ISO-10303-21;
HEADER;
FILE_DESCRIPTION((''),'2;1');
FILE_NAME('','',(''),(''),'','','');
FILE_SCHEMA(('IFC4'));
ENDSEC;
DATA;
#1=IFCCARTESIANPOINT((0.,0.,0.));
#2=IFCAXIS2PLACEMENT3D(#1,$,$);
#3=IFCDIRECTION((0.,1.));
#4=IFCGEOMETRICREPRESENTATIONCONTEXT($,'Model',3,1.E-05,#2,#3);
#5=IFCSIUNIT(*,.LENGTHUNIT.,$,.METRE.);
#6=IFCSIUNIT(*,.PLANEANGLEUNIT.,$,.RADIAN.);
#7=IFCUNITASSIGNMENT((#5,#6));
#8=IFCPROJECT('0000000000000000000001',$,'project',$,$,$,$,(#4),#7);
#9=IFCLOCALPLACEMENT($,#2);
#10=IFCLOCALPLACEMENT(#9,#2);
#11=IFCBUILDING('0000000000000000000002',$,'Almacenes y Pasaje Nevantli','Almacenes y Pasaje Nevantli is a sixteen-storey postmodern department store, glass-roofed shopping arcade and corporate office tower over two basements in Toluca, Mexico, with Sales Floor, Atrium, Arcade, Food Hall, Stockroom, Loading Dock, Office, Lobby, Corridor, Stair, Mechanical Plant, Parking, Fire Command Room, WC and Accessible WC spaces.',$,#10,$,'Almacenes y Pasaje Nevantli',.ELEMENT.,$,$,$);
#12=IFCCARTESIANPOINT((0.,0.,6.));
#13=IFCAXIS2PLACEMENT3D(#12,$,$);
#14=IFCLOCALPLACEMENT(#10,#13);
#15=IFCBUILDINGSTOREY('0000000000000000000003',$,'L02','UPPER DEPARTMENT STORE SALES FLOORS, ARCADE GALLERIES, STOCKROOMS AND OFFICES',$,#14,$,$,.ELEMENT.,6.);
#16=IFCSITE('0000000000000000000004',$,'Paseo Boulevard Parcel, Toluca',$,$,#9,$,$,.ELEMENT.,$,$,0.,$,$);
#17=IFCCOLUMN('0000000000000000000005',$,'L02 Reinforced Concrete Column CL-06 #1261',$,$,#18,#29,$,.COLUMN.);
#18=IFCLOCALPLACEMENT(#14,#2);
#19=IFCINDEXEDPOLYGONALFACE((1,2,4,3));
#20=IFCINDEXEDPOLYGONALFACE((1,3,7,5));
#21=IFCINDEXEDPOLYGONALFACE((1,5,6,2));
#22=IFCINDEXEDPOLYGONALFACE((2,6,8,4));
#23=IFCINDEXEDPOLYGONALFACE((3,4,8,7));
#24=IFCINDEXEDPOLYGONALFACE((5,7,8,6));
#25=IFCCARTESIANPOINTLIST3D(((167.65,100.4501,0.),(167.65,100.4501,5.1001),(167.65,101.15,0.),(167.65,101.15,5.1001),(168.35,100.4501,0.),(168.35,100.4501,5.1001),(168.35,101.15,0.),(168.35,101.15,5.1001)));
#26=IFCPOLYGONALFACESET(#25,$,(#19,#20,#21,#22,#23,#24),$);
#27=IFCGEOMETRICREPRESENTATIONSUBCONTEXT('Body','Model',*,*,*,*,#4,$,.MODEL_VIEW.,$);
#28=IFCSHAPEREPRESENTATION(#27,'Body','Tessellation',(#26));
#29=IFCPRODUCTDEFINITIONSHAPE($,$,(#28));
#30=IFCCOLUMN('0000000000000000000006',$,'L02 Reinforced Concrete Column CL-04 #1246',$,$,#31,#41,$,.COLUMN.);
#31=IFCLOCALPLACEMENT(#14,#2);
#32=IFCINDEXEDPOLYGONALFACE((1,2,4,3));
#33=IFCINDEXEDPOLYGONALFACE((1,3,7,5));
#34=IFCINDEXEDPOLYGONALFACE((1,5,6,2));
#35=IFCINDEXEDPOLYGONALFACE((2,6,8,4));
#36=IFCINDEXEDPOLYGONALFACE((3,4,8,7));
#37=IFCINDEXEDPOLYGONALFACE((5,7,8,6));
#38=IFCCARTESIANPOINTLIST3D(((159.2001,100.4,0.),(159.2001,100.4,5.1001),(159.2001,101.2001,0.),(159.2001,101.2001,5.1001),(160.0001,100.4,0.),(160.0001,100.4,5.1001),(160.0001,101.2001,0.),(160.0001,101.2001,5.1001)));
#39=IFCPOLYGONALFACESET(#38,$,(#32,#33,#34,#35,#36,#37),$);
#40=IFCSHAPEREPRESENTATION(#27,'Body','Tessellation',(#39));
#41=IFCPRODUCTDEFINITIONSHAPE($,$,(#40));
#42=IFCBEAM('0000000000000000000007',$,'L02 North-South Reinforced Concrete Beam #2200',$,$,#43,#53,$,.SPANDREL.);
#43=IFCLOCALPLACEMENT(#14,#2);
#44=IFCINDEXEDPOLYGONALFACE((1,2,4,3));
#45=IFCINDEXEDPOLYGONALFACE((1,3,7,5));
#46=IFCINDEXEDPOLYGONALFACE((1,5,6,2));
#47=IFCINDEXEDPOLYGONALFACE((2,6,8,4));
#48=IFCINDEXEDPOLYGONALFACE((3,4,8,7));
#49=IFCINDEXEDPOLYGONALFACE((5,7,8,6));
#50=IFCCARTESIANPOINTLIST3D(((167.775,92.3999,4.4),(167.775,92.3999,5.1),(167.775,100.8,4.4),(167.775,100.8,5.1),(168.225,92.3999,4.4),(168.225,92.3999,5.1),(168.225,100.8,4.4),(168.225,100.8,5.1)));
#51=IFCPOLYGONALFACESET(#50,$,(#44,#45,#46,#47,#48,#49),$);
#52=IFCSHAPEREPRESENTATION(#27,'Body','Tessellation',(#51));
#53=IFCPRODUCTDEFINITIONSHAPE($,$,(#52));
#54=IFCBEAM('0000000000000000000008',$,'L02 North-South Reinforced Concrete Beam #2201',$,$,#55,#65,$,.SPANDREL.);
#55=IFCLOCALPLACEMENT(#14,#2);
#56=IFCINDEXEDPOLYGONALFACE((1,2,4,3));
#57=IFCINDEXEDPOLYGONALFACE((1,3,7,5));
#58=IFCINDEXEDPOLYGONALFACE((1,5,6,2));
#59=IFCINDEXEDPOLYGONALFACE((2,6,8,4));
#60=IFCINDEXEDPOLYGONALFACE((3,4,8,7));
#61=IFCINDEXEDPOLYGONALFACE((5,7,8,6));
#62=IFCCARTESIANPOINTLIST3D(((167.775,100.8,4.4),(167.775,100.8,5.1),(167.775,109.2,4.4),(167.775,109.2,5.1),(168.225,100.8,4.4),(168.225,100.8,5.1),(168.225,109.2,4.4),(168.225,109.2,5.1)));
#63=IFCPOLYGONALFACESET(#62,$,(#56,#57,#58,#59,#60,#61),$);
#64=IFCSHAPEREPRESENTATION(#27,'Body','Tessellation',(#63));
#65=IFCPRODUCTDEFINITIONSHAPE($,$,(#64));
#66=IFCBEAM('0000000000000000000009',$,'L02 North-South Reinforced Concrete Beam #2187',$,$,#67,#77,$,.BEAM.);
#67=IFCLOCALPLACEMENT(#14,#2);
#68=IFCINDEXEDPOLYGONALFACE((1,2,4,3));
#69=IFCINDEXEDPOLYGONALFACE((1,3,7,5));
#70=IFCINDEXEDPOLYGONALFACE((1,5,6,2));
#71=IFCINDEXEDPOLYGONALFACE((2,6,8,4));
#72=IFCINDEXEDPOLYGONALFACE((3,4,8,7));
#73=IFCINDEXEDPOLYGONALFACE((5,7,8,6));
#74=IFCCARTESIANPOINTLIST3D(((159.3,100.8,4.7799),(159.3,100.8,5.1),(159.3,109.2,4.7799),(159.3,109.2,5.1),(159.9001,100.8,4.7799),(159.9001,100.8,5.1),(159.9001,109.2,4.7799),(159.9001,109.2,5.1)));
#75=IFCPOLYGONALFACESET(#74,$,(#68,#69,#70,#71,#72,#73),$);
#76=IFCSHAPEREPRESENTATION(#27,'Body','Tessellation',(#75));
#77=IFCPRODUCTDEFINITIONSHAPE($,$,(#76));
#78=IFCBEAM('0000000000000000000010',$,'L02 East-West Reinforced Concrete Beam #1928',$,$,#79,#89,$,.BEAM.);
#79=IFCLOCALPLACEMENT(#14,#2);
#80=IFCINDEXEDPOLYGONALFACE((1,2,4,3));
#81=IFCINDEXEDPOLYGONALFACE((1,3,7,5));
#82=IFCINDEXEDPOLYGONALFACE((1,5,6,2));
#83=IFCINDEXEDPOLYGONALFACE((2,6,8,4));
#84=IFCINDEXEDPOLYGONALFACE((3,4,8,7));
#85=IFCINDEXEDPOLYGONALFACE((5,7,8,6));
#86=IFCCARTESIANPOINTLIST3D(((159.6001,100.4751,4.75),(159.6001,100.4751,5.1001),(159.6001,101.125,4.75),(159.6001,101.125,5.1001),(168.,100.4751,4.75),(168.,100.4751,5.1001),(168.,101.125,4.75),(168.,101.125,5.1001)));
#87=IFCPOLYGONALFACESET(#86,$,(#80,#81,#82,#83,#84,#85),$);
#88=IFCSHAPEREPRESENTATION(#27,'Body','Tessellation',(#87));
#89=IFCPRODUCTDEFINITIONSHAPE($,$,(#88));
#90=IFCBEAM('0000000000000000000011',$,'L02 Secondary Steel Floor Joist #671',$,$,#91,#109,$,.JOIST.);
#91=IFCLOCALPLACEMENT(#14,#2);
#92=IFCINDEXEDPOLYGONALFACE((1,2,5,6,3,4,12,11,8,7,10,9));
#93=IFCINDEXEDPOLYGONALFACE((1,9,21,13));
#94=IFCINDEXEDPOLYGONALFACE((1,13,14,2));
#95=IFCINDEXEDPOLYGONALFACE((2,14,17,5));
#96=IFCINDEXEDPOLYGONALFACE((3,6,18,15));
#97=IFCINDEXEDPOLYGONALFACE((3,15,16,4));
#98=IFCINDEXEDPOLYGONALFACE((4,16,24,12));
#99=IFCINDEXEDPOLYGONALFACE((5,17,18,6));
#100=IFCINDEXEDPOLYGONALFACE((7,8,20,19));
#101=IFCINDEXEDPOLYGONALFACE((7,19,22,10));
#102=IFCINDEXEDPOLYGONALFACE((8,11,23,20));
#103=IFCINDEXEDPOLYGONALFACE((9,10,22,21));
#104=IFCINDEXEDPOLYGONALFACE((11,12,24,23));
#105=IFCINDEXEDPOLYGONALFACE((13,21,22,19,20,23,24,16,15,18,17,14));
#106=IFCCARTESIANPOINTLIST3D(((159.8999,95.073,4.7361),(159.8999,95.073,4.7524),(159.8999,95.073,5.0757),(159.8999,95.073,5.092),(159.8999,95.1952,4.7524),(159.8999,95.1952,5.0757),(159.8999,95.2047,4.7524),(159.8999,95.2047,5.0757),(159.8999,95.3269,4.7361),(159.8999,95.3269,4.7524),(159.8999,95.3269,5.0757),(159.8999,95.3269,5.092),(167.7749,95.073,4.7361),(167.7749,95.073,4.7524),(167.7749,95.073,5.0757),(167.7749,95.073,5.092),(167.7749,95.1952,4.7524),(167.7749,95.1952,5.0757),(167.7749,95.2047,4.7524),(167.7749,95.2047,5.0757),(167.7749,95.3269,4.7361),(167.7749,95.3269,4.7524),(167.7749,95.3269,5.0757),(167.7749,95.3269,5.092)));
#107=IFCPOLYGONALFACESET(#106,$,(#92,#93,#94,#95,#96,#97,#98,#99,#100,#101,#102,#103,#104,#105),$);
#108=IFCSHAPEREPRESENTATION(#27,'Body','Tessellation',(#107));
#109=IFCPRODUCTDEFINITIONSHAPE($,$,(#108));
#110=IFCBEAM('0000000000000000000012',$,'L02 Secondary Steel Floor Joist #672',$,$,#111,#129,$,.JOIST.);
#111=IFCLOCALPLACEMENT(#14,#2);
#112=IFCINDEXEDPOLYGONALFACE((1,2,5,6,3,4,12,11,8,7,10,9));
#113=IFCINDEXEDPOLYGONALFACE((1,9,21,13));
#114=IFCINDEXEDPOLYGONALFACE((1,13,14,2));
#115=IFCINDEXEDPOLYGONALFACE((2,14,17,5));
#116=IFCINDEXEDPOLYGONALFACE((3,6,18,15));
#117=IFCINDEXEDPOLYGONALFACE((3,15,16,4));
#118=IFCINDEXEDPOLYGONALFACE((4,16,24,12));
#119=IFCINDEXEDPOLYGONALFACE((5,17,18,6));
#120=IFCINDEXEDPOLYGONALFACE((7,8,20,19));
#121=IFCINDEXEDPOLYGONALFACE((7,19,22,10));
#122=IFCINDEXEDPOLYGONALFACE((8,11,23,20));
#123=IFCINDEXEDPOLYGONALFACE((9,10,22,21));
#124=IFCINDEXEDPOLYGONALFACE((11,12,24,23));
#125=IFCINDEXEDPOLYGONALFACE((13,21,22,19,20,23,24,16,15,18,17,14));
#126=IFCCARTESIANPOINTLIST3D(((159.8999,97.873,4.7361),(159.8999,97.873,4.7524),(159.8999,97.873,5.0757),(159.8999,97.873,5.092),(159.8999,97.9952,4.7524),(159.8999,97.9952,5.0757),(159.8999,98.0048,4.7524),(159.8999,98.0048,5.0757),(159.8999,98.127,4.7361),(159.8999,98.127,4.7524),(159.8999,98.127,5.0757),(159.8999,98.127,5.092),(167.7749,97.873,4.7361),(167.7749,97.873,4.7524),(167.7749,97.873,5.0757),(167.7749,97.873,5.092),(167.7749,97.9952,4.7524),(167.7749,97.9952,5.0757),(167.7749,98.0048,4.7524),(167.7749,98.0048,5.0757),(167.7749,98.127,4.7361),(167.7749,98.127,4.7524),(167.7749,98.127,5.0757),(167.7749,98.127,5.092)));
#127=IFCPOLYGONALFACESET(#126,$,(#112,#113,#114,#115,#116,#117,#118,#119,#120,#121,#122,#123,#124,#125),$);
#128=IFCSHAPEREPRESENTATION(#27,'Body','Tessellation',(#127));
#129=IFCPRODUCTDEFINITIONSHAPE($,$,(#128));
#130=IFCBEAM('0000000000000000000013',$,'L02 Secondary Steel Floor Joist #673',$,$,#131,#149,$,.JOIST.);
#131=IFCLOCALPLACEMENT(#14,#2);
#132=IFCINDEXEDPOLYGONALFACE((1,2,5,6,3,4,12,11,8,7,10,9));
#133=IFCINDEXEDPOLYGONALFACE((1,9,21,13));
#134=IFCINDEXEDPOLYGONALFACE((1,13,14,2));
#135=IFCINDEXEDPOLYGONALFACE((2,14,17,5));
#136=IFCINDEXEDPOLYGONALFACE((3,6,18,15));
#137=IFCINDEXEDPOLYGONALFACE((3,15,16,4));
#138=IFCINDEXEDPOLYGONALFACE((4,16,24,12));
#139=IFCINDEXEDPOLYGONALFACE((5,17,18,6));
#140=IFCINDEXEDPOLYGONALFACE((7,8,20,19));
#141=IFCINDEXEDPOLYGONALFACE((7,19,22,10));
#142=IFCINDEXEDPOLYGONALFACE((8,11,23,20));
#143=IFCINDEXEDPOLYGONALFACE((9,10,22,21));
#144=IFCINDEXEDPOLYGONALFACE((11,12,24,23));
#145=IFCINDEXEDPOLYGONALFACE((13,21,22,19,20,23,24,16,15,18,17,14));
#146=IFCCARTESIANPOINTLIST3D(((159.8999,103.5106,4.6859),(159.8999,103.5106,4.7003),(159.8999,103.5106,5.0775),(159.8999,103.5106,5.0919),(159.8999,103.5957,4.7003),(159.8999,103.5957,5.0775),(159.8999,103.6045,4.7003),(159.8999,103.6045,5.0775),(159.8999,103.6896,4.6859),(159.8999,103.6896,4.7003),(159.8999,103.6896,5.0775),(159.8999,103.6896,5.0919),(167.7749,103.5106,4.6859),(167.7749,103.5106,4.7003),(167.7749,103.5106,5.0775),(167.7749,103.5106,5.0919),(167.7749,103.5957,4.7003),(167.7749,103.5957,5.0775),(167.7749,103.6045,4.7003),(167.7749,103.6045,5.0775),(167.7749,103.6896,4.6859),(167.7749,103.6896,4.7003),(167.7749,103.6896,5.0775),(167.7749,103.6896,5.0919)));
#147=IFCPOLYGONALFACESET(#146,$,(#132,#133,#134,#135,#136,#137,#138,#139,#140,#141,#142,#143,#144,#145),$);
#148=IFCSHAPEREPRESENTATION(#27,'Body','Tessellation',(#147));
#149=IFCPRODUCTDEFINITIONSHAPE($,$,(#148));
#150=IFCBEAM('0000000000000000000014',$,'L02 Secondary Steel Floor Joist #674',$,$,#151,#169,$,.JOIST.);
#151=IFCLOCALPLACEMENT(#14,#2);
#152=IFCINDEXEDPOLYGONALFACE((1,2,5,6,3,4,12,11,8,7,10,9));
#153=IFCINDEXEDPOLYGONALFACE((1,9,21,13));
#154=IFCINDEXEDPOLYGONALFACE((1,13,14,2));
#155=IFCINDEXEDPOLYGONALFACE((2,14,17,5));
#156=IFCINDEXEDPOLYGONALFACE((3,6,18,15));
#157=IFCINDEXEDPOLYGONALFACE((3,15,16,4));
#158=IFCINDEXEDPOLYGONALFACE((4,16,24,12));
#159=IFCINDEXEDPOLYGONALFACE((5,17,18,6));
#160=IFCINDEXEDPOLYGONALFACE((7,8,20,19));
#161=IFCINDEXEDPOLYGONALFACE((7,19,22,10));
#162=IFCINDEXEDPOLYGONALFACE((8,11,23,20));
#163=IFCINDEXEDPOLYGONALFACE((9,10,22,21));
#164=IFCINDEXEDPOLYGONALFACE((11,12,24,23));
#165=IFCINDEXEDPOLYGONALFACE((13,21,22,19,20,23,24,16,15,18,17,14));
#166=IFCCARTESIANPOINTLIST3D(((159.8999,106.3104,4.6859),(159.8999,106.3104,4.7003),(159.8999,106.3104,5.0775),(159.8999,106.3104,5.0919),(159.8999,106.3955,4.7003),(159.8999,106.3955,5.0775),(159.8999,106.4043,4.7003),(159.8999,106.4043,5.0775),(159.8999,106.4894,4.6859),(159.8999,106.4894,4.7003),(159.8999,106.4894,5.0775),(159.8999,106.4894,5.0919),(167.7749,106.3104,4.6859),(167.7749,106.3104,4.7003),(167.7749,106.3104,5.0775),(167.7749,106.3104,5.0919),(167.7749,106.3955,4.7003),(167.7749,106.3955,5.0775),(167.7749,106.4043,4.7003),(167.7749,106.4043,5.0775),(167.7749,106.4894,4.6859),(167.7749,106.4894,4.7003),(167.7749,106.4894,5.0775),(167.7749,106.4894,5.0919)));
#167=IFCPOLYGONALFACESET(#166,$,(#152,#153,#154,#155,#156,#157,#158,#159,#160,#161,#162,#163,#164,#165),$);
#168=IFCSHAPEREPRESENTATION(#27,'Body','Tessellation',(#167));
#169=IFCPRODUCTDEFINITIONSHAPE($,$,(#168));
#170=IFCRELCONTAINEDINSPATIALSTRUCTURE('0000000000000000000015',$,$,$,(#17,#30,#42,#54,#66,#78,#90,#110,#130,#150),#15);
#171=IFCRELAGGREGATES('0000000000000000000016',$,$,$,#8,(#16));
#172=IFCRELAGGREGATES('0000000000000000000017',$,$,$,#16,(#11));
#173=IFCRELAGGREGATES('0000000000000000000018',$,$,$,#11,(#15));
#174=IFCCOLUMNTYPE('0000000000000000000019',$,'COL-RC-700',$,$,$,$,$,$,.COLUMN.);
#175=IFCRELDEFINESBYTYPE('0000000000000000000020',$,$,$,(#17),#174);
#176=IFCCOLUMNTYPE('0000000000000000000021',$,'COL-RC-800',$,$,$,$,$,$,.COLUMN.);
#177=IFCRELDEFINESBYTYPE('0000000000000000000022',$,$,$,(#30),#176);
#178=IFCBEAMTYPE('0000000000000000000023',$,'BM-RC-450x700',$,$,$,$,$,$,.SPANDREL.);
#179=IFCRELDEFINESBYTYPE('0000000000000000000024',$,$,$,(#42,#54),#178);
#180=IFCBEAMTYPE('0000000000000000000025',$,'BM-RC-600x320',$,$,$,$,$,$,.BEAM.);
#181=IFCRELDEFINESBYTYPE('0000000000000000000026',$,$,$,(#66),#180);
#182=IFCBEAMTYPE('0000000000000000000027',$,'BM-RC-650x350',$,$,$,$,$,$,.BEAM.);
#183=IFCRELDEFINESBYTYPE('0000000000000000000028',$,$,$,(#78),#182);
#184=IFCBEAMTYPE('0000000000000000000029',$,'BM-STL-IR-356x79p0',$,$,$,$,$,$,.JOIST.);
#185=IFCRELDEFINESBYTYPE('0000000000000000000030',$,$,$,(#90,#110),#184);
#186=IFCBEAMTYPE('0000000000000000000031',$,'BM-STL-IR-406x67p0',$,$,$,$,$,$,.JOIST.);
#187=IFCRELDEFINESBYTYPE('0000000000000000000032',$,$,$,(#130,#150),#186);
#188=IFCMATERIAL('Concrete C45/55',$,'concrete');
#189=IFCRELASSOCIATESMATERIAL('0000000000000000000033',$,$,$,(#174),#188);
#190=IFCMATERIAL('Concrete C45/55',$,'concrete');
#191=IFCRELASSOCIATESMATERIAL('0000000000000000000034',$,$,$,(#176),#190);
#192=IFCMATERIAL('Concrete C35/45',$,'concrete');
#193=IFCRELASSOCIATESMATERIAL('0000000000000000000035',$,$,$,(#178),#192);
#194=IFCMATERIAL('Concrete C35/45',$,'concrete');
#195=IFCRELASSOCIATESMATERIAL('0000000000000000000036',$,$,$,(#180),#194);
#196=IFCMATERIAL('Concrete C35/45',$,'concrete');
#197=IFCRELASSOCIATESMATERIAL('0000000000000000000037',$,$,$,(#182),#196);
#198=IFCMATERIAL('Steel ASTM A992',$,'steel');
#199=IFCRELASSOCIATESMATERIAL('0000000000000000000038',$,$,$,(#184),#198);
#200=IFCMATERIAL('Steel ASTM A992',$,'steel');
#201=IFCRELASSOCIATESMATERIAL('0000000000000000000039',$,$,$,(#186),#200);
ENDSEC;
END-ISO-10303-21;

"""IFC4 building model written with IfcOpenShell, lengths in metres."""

from ifc_helpers import new_model, si_unit, direction, frame, origin, origin_2d, place, context, subcontext, project, spatial, rectangle, i_section, extrude, material, material_profile, profile_set, type_object, element, save


model = new_model("IFC4")

# Units and contexts
model_context = context("Model", 3, precision=1e-05, world=origin(), true_north=direction((0.0, 1.0)))
body_context = subcontext(model_context, "Body", "Model", "MODEL_VIEW")
ifc_project = project(units=[si_unit("LENGTHUNIT", "METRE"), si_unit("PLANEANGLEUNIT", "RADIAN")], contexts=[model_context])

# Site, building, storey
site_placement = place(None, origin())
site = spatial("IfcSite", under=ifc_project, at=site_placement, Name="Paseo Boulevard Parcel, Toluca", CompositionType="ELEMENT", RefElevation=0.0)
building_placement = place(site_placement, origin())
building = spatial("IfcBuilding", under=site, at=building_placement, Name="Almacenes y Pasaje Nevantli", Description="Almacenes y Pasaje Nevantli is a sixteen-storey postmodern department store, glass-roofed shopping arcade and corporate office tower over two basements in Toluca, Mexico, with Sales Floor, Atrium, Arcade, Food Hall, Stockroom, Loading Dock, Office, Lobby, Corridor, Stair, Mechanical Plant, Parking, Fire Command Room, WC and Accessible WC spaces.", LongName="Almacenes y Pasaje Nevantli", CompositionType="ELEMENT")
storey_placement = place(building_placement, frame((0.0, 0.0, 6.0)))
storey = spatial("IfcBuildingStorey", under=building, at=storey_placement, Name="L02", Description="UPPER DEPARTMENT STORE SALES FLOORS, ARCADE GALLERIES, STOCKROOMS AND OFFICES", CompositionType="ELEMENT", Elevation=6.0)

# Columns
ifc_material_1 = material(Name="Concrete C45/55", Category="concrete")
ifc_material_profile_1 = material_profile(ifc_material_1, rectangle(XDim=0.7, YDim=0.7, at=origin_2d()), Name="RC-COL-700x700")
ifc_profile_set_1 = profile_set([ifc_material_profile_1], Name="Concrete C45/55")
column_type_1 = type_object("IfcColumnType", Name="COL-RC-700", PredefinedType="COLUMN", material=ifc_profile_set_1)
column_1_placement = place(storey_placement, frame((168.0, 100.8, 0.0), z_axis=(0.0, 0.0, 1.0), x_axis=(1.0, 0.0, 0.0)))
element("IfcColumn", 1, at=column_1_placement, inside=storey, type_object=column_type_1, Name="L02 Reinforced Concrete Column CL-06 #1261", PredefinedType="COLUMN", context=body_context, shape_type="SweptSolid", body=[
    extrude(rectangle(XDim=0.7, YDim=0.7, at=origin_2d()), origin(), (0.0, 0.0, 1.0), 5.1001),
])
ifc_material_2 = material(Name="Concrete C45/55", Category="concrete")
ifc_material_profile_2 = material_profile(ifc_material_2, rectangle(XDim=0.8, YDim=0.8, at=origin_2d()), Name="RC-COL-800x800")
ifc_profile_set_2 = profile_set([ifc_material_profile_2], Name="Concrete C45/55")
column_type_2 = type_object("IfcColumnType", Name="COL-RC-800", PredefinedType="COLUMN", material=ifc_profile_set_2)
column_2_placement = place(storey_placement, frame((159.6001, 100.8, 0.0), z_axis=(0.0, 0.0, 1.0), x_axis=(1.0, 0.0, 0.0)))
element("IfcColumn", 2, at=column_2_placement, inside=storey, type_object=column_type_2, Name="L02 Reinforced Concrete Column CL-04 #1246", PredefinedType="COLUMN", context=body_context, shape_type="SweptSolid", body=[
    extrude(rectangle(XDim=0.8, YDim=0.8, at=origin_2d()), origin(), (0.0, 0.0, 1.0), 5.1001),
])

# Beams
ifc_material_3 = material(Name="Concrete C35/45", Category="concrete")
ifc_material_profile_3 = material_profile(ifc_material_3, rectangle(XDim=0.45, YDim=0.7, at=origin_2d()), Name="RC-BM-450x700")
ifc_profile_set_3 = profile_set([ifc_material_profile_3], Name="Concrete C35/45")
beam_type_1 = type_object("IfcBeamType", Name="BM-RC-450x700", PredefinedType="SPANDREL", material=ifc_profile_set_3)
beam_1_placement = place(storey_placement, frame((168.0, 92.3999, 4.75), z_axis=(0.0, 1.0, 0.0), x_axis=(-1.0, 0.0, 0.0)))
element("IfcBeam", 3, at=beam_1_placement, inside=storey, type_object=beam_type_1, Name="L02 North-South Reinforced Concrete Beam #2200", PredefinedType="SPANDREL", context=body_context, shape_type="SweptSolid", body=[
    extrude(rectangle(XDim=0.45, YDim=0.7, at=origin_2d()), origin(), (0.0, 0.0, 1.0), 8.4001),
])
beam_2_placement = place(storey_placement, frame((168.0, 100.8, 4.75), z_axis=(0.0, 1.0, 0.0), x_axis=(-1.0, 0.0, 0.0)))
element("IfcBeam", 4, at=beam_2_placement, inside=storey, type_object=beam_type_1, Name="L02 North-South Reinforced Concrete Beam #2201", PredefinedType="SPANDREL", context=body_context, shape_type="SweptSolid", body=[
    extrude(rectangle(XDim=0.45, YDim=0.7, at=origin_2d()), origin(), (0.0, 0.0, 1.0), 8.3999),
])
ifc_material_4 = material(Name="Concrete C35/45", Category="concrete")
ifc_material_profile_4 = material_profile(ifc_material_4, rectangle(XDim=0.6001, YDim=0.3201, at=origin_2d()), Name="RC-BM-600x320")
ifc_profile_set_4 = profile_set([ifc_material_profile_4], Name="Concrete C35/45")
beam_type_2 = type_object("IfcBeamType", Name="BM-RC-600x320", PredefinedType="BEAM", material=ifc_profile_set_4)
beam_3_placement = place(storey_placement, frame((159.6001, 100.8, 4.9399), z_axis=(0.0, 1.0, 0.0), x_axis=(-1.0, 0.0, 0.0)))
element("IfcBeam", 5, at=beam_3_placement, inside=storey, type_object=beam_type_2, Name="L02 North-South Reinforced Concrete Beam #2187", PredefinedType="BEAM", context=body_context, shape_type="SweptSolid", body=[
    extrude(rectangle(XDim=0.6001, YDim=0.3201, at=origin_2d()), origin(), (0.0, 0.0, 1.0), 8.3999),
])
ifc_material_5 = material(Name="Concrete C35/45", Category="concrete")
ifc_material_profile_5 = material_profile(ifc_material_5, rectangle(XDim=0.6499, YDim=0.3501, at=origin_2d()), Name="RC-BM-650x350")
ifc_profile_set_5 = profile_set([ifc_material_profile_5], Name="Concrete C35/45")
beam_type_3 = type_object("IfcBeamType", Name="BM-RC-650x350", PredefinedType="BEAM", material=ifc_profile_set_5)
beam_4_placement = place(storey_placement, frame((159.6001, 100.8, 4.925), z_axis=(1.0, 0.0, 0.0), x_axis=(0.0, 1.0, 0.0)))
element("IfcBeam", 6, at=beam_4_placement, inside=storey, type_object=beam_type_3, Name="L02 East-West Reinforced Concrete Beam #1928", PredefinedType="BEAM", context=body_context, shape_type="SweptSolid", body=[
    extrude(rectangle(XDim=0.6499, YDim=0.3501, at=origin_2d()), origin(), (0.0, 0.0, 1.0), 8.3999),
])
ifc_material_6 = material(Name="Steel ASTM A992", Category="steel")
ifc_material_profile_6 = material_profile(ifc_material_6, i_section(OverallWidth=0.2539, OverallDepth=0.356, WebThickness=0.0095, FlangeThickness=0.0164, at=origin_2d()), Name="IR 356x79.0")
ifc_profile_set_6 = profile_set([ifc_material_profile_6], Name="Steel ASTM A992")
beam_type_4 = type_object("IfcBeamType", Name="BM-STL-IR-356x79p0", PredefinedType="JOIST", material=ifc_profile_set_6)
for number, where, z_axis, x_axis, name in (
    (7, (159.8999, 95.2, 4.9141), (1.0, 0.0, 0.0), (0.0, 1.0, 0.0), "L02 Secondary Steel Floor Joist #671"),
    (8, (159.8999, 98.0, 4.9141), (1.0, 0.0, 0.0), (0.0, 1.0, 0.0), "L02 Secondary Steel Floor Joist #672"),
):
    element("IfcBeam", number, at=place(storey_placement, frame(where, z_axis=z_axis, x_axis=x_axis)), inside=storey, type_object=beam_type_4, Name=name, PredefinedType="JOIST", context=body_context, shape_type="SweptSolid", body=[
        extrude(i_section(OverallWidth=0.2539, OverallDepth=0.356, WebThickness=0.0095, FlangeThickness=0.0164, at=origin_2d()), origin(), (0.0, 0.0, 1.0), 7.875),
    ])
ifc_material_7 = material(Name="Steel ASTM A992", Category="steel")
ifc_material_profile_7 = material_profile(ifc_material_7, i_section(OverallWidth=0.179, OverallDepth=0.406, WebThickness=0.0088, FlangeThickness=0.0144, at=origin_2d()), Name="IR 406x67.0")
ifc_profile_set_7 = profile_set([ifc_material_profile_7], Name="Steel ASTM A992")
beam_type_5 = type_object("IfcBeamType", Name="BM-STL-IR-406x67p0", PredefinedType="JOIST", material=ifc_profile_set_7)
for number, where, z_axis, x_axis, name in (
    (9, (159.8999, 103.6001, 4.8889), (1.0, 0.0, 0.0), (0.0, 1.0, 0.0), "L02 Secondary Steel Floor Joist #673"),
    (10, (159.8999, 106.3999, 4.8889), (1.0, 0.0, 0.0), (0.0, 1.0, 0.0), "L02 Secondary Steel Floor Joist #674"),
):
    element("IfcBeam", number, at=place(storey_placement, frame(where, z_axis=z_axis, x_axis=x_axis)), inside=storey, type_object=beam_type_5, Name=name, PredefinedType="JOIST", context=body_context, shape_type="SweptSolid", body=[
        extrude(i_section(OverallWidth=0.179, OverallDepth=0.406, WebThickness=0.0088, FlangeThickness=0.0144, at=origin_2d()), origin(), (0.0, 0.0, 1.0), 7.875),
    ])

save(model, "model.ifc")
